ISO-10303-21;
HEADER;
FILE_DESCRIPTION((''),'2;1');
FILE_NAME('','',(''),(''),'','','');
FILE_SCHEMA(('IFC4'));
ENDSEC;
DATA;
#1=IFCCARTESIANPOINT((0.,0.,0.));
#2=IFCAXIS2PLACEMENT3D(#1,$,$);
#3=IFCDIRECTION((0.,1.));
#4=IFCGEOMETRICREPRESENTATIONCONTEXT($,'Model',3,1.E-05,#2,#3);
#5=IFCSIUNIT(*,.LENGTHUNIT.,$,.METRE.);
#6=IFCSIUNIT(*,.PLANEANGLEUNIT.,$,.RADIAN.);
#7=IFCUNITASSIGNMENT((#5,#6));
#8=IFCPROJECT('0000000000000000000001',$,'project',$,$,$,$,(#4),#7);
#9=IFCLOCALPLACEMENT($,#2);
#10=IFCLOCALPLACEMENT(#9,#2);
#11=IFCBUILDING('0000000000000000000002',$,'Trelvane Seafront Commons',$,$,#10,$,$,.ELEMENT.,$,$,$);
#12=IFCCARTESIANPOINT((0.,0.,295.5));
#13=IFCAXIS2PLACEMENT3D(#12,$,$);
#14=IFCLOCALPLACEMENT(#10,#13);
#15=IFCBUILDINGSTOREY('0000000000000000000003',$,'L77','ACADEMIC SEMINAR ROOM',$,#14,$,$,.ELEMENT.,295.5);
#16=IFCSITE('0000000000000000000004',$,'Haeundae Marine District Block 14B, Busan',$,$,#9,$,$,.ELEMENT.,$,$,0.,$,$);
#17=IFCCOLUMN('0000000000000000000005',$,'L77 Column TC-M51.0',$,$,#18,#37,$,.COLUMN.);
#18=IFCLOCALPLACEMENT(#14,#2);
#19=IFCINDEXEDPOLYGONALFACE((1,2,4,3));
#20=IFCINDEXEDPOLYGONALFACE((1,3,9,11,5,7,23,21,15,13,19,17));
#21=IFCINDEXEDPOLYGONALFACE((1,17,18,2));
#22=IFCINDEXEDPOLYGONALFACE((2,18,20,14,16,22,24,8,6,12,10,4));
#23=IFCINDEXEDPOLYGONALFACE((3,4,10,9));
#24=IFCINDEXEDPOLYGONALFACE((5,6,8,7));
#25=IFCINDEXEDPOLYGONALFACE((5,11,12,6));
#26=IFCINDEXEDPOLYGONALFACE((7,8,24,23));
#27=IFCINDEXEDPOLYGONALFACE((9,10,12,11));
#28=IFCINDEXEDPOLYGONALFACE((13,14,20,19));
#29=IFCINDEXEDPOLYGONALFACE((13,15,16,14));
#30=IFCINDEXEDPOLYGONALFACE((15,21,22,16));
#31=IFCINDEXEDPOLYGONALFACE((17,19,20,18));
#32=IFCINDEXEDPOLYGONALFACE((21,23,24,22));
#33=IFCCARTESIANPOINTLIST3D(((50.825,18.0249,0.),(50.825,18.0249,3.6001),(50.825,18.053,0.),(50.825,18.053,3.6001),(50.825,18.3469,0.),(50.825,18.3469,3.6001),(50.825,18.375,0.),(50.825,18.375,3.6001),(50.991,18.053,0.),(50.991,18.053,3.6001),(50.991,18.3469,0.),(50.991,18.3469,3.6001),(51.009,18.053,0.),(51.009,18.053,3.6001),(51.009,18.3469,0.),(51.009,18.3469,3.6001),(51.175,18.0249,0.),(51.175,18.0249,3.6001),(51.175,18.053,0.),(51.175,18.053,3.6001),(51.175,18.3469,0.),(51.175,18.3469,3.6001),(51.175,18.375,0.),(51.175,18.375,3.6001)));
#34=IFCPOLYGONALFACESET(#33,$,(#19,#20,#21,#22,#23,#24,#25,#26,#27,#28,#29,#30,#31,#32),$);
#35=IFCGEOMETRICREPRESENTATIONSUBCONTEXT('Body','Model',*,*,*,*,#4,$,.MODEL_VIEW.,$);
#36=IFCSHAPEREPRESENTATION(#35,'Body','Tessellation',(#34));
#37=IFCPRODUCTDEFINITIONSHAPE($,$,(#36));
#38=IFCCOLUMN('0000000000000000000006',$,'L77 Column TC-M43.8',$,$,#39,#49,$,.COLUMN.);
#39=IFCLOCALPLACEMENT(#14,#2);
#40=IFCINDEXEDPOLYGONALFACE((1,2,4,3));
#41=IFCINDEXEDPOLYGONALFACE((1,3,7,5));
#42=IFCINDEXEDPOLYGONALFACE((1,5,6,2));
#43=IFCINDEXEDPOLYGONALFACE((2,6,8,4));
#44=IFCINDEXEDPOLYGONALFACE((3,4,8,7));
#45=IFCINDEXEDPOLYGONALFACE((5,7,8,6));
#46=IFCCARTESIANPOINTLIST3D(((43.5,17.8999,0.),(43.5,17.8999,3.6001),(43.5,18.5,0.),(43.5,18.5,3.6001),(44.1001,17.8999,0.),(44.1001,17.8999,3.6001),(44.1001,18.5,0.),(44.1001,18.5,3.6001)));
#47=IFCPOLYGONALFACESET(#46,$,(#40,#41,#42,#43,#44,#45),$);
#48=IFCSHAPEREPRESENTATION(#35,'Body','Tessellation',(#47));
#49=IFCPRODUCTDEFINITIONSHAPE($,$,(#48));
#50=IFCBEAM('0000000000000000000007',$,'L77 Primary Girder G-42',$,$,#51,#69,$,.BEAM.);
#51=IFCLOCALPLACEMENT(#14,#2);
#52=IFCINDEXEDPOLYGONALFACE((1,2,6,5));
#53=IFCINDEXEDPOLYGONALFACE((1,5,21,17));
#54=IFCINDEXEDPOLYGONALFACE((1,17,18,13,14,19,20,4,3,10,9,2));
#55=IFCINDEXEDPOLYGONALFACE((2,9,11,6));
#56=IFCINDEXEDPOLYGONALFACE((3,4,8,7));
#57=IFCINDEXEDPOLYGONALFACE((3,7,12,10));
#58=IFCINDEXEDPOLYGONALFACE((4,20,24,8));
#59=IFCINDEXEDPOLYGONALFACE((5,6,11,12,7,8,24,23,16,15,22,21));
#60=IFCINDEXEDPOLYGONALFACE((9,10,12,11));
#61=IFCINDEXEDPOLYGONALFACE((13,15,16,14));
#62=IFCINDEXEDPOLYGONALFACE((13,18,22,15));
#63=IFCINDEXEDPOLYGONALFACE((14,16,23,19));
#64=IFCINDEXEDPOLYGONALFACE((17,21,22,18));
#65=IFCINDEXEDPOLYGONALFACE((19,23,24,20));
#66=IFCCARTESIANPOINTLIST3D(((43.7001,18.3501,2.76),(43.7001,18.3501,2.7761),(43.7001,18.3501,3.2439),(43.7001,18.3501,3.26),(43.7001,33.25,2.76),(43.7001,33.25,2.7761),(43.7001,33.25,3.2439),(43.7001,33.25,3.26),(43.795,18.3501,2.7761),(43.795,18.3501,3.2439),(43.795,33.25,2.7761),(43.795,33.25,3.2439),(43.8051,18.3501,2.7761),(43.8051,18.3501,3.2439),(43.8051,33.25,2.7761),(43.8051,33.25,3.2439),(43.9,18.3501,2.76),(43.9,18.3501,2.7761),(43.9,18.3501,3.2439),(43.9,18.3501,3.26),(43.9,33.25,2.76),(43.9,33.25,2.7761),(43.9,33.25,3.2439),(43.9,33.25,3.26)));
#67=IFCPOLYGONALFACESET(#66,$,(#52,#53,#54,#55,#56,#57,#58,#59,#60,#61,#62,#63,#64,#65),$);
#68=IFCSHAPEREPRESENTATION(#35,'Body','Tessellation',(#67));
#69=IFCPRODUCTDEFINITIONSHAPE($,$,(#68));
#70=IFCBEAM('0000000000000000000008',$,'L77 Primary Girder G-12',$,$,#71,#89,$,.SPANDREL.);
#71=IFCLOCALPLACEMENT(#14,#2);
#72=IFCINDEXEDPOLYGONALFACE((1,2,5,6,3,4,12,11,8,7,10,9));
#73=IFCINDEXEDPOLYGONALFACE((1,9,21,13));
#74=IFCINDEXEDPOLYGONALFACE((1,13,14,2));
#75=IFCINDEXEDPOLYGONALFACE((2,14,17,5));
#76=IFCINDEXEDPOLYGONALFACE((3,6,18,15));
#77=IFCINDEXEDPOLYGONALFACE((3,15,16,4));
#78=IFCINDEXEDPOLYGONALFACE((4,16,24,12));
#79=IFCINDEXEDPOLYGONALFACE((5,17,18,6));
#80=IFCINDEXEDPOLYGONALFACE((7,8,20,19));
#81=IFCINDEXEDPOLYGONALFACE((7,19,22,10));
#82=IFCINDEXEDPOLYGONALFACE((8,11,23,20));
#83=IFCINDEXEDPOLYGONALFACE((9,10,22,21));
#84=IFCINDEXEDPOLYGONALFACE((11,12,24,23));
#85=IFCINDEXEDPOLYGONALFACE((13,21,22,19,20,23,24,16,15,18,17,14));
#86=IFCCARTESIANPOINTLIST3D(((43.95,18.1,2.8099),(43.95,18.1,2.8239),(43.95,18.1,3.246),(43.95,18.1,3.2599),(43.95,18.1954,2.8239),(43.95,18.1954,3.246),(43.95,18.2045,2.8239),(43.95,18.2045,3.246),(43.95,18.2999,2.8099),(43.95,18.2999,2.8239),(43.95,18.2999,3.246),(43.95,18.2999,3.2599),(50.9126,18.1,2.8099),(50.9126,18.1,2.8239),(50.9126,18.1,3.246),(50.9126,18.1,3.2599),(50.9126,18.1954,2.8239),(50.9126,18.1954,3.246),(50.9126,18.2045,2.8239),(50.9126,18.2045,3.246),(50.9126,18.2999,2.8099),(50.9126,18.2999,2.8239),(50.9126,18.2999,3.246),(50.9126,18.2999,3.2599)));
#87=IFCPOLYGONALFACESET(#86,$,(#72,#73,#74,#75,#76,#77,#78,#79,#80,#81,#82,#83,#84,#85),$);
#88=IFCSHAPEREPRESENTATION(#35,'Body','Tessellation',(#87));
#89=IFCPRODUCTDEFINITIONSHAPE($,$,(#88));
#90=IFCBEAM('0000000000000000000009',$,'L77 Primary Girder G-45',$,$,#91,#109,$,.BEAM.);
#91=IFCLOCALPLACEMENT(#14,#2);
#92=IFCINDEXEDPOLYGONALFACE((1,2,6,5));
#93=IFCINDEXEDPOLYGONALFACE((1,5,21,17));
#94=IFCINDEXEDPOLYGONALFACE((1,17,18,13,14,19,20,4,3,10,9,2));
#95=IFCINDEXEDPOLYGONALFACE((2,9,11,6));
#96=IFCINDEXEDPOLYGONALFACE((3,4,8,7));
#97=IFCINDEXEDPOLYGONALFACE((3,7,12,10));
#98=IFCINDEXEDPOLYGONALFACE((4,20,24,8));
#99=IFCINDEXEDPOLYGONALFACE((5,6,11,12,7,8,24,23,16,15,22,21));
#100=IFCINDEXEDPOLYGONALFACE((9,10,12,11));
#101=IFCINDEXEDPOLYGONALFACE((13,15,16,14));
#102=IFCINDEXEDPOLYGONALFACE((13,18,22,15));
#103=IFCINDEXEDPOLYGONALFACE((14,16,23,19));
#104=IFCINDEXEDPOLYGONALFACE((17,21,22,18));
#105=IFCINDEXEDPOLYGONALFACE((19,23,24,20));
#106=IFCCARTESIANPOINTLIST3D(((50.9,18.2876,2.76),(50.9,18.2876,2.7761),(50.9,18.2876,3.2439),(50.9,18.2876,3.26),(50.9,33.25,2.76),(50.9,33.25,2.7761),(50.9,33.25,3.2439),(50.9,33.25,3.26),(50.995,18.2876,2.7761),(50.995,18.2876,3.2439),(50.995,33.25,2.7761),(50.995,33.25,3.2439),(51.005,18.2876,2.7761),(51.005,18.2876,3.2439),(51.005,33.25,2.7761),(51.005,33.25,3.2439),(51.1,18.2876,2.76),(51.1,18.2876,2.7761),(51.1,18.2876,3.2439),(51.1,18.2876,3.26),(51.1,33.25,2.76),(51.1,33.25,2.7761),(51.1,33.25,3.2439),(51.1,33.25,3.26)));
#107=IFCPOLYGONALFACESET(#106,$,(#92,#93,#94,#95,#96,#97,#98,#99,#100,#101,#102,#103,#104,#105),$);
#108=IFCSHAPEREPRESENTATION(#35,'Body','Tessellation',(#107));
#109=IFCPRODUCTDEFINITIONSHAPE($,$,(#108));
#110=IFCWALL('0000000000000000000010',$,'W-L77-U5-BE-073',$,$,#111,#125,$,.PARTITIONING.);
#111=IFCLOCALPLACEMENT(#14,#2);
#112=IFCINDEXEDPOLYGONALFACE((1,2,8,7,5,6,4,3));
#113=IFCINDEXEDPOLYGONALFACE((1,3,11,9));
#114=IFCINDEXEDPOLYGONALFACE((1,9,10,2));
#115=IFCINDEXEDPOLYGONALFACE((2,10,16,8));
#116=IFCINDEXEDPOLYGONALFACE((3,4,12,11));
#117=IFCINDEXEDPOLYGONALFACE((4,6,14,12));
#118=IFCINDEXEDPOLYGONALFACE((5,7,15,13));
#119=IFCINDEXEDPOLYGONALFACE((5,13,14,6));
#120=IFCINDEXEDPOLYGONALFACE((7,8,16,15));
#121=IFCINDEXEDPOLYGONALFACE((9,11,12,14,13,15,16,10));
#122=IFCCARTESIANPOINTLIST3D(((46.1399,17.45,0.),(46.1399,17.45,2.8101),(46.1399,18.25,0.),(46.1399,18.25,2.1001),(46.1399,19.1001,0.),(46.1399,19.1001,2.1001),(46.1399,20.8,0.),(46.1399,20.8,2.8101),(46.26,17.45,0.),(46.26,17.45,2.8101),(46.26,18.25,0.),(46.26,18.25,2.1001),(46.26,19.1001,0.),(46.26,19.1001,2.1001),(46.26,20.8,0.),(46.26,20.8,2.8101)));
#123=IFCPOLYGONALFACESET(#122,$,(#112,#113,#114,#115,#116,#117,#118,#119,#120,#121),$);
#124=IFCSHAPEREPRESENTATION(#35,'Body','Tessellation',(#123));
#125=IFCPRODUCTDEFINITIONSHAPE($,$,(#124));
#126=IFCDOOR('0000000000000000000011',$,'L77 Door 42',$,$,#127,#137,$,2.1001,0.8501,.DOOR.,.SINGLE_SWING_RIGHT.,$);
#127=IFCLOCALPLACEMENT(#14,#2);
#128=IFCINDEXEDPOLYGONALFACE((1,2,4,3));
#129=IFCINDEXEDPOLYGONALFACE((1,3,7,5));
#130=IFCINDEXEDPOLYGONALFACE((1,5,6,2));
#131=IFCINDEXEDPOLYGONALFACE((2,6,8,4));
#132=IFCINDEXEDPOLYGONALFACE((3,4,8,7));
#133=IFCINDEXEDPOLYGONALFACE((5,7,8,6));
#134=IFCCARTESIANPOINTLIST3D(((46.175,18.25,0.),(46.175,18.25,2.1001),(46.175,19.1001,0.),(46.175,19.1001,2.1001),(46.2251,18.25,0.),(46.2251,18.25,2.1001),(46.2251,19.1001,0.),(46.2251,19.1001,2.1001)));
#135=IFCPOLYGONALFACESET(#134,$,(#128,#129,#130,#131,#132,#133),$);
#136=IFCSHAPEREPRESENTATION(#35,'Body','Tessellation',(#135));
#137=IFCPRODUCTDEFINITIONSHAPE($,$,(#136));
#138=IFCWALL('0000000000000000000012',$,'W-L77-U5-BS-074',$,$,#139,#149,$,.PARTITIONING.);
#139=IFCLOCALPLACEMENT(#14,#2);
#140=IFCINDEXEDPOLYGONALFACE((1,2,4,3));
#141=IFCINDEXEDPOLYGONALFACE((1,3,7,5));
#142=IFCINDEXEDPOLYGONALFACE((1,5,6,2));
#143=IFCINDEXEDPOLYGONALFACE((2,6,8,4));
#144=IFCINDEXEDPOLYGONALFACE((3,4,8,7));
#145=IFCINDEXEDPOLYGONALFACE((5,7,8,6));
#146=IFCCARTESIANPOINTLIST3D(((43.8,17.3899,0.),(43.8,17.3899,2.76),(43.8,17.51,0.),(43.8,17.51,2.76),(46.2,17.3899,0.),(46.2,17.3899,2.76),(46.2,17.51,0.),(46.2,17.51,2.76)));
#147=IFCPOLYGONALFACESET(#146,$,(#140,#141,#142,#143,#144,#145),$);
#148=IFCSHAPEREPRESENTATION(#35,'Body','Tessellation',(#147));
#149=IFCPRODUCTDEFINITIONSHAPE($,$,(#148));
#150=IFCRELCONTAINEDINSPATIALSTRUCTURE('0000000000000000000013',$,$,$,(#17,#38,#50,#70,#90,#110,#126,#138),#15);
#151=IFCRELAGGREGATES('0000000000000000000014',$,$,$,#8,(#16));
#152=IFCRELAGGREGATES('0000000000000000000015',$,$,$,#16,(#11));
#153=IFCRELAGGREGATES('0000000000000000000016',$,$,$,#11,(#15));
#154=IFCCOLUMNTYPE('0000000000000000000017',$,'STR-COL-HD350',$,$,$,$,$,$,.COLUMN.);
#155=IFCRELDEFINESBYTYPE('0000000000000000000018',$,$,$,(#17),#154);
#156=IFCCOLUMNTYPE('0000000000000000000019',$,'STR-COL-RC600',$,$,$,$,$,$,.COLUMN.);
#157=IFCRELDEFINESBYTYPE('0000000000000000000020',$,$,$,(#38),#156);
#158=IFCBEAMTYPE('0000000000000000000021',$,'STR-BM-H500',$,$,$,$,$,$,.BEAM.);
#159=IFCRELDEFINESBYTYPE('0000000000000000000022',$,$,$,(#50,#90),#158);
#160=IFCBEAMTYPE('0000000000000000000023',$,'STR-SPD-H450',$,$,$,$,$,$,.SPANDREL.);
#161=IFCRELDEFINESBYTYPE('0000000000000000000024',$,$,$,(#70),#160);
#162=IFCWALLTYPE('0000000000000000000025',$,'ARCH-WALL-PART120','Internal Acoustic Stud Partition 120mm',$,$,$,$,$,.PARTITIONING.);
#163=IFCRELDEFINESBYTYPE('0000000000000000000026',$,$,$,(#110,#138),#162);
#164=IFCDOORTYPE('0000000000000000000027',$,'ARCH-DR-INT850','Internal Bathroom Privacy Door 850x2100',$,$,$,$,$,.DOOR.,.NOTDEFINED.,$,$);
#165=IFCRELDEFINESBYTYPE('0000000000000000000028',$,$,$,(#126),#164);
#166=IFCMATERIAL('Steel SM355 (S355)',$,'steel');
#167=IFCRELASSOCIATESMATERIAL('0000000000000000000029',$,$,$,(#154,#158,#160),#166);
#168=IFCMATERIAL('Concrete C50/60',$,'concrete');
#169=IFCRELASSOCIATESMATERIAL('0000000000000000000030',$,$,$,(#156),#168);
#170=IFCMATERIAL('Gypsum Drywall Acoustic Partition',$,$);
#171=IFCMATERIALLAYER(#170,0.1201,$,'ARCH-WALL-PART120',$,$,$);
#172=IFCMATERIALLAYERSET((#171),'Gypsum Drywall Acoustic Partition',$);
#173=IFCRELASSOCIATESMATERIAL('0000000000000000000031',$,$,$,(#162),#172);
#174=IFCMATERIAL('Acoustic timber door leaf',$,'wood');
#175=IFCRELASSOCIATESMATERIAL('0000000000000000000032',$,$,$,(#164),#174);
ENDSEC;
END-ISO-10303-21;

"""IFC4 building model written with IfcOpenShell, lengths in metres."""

from ifc_helpers import new_model, si_unit, direction, frame, frame_2d, origin, origin_2d, place, context, subcontext, project, spatial, rectangle, i_section, extrude, source, transform, mapped, material, layer, layer_set, material_profile, profile_set, type_object, element, fill, save


model = new_model("IFC4")

# Units and contexts
model_context = context("Model", 3, precision=1e-05, world=origin(), true_north=direction((0.0, 1.0)))
body_context = subcontext(model_context, "Body", "Model", "MODEL_VIEW")
ifc_project = project(units=[si_unit("LENGTHUNIT", "METRE"), si_unit("PLANEANGLEUNIT", "RADIAN")], contexts=[model_context])

# Site, building, storey
site_placement = place(None, origin())
site = spatial("IfcSite", under=ifc_project, at=site_placement, Name="Haeundae Marine District Block 14B, Busan", CompositionType="ELEMENT", RefElevation=0.0)
building_placement = place(site_placement, origin())
building = spatial("IfcBuilding", under=site, at=building_placement, Name="Trelvane Seafront Commons", CompositionType="ELEMENT")
storey_placement = place(building_placement, frame((0.0, 0.0, 295.5)))
storey = spatial("IfcBuildingStorey", under=building, at=storey_placement, Name="L77", Description="ACADEMIC SEMINAR ROOM", CompositionType="ELEMENT", Elevation=295.5)

# Columns
ifc_material_1 = material(Name="Steel SM355 (S355)", Category="steel")
ifc_material_profile_1 = material_profile(ifc_material_1, i_section(OverallWidth=0.3501, OverallDepth=0.3501, WebThickness=0.0181, FlangeThickness=0.0281, at=origin_2d()), Name="HD-350x350x18x28")
ifc_profile_set_1 = profile_set([ifc_material_profile_1], Name="Steel SM355 (S355)")
column_type_1 = type_object("IfcColumnType", Name="STR-COL-HD350", PredefinedType="COLUMN", material=ifc_profile_set_1)
shared_shape_1 = source(origin(), body_context, "Body", "SweptSolid", [
    extrude(i_section(OverallWidth=0.3501, OverallDepth=0.3501, WebThickness=0.0181, FlangeThickness=0.0281, at=origin_2d()), origin(), (0.0, 0.0, 1.0), 3.6001),
])
column_1_placement = place(storey_placement, frame((51.0, 18.2, 0.0), z_axis=(0.0, 0.0, 1.0), x_axis=(1.0, 0.0, 0.0)))
element("IfcColumn", 1, at=column_1_placement, inside=storey, type_object=column_type_1, Name="L77 Column TC-M51.0", PredefinedType="COLUMN", context=body_context, shape_type="MappedRepresentation", body=[
    mapped(shared_shape_1, transform((0.0, 0.0, 0.0), x_axis=(1.0, 0.0, 0.0), y_axis=(0.0, 1.0, 0.0), z_axis=(0.0, 0.0, 1.0), scale=1.0)),
])
ifc_material_2 = material(Name="Concrete C50/60", Category="concrete")
ifc_material_profile_2 = material_profile(ifc_material_2, rectangle(XDim=0.6001, YDim=0.6001, at=origin_2d()), Name="RC-600x600")
ifc_profile_set_2 = profile_set([ifc_material_profile_2], Name="Concrete C50/60")
column_type_2 = type_object("IfcColumnType", Name="STR-COL-RC600", PredefinedType="COLUMN", material=ifc_profile_set_2)
shared_shape_2 = source(origin(), body_context, "Body", "SweptSolid", [
    extrude(rectangle(XDim=0.6001, YDim=0.6001, at=origin_2d()), origin(), (0.0, 0.0, 1.0), 3.6001),
])
column_2_placement = place(storey_placement, frame((43.8, 18.2, 0.0), z_axis=(0.0, 0.0, 1.0), x_axis=(1.0, 0.0, 0.0)))
element("IfcColumn", 2, at=column_2_placement, inside=storey, type_object=column_type_2, Name="L77 Column TC-M43.8", PredefinedType="COLUMN", context=body_context, shape_type="MappedRepresentation", body=[
    mapped(shared_shape_2, transform((0.0, 0.0, 0.0), x_axis=(1.0, 0.0, 0.0), y_axis=(0.0, 1.0, 0.0), z_axis=(0.0, 0.0, 1.0), scale=1.0)),
])

# Beams
ifc_material_profile_3 = material_profile(ifc_material_1, i_section(OverallWidth=0.2, OverallDepth=0.5, WebThickness=0.01, FlangeThickness=0.0161, at=origin_2d()), Name="H-500x200x10x16")
ifc_profile_set_3 = profile_set([ifc_material_profile_3], Name="Steel SM355 (S355)")
beam_type_1 = type_object("IfcBeamType", Name="STR-BM-H500", PredefinedType="BEAM", material=ifc_profile_set_3)
shared_shape_3 = source(origin(), body_context, "Body", "SweptSolid", [
    extrude(i_section(OverallWidth=0.2, OverallDepth=0.5, WebThickness=0.01, FlangeThickness=0.0161, at=origin_2d()), origin(), (0.0, 0.0, 1.0), 14.8999),
])
beam_1_placement = place(storey_placement, frame((43.8, 18.3501, 3.01), z_axis=(0.0, 1.0, 0.0), x_axis=(-1.0, 0.0, 0.0)))
element("IfcBeam", 3, at=beam_1_placement, inside=storey, type_object=beam_type_1, Name="L77 Primary Girder G-42", PredefinedType="BEAM", context=body_context, shape_type="MappedRepresentation", body=[
    mapped(shared_shape_3, transform((0.0, 0.0, 0.0), x_axis=(1.0, 0.0, 0.0), y_axis=(0.0, 1.0, 0.0), z_axis=(0.0, 0.0, 1.0), scale=1.0)),
])
ifc_material_profile_4 = material_profile(ifc_material_1, i_section(OverallWidth=0.2, OverallDepth=0.45, WebThickness=0.009, FlangeThickness=0.0139, at=origin_2d()), Name="H-450x200x9x14")
ifc_profile_set_4 = profile_set([ifc_material_profile_4], Name="Steel SM355 (S355)")
beam_type_2 = type_object("IfcBeamType", Name="STR-SPD-H450", PredefinedType="SPANDREL", material=ifc_profile_set_4)
shared_shape_4 = source(origin(), body_context, "Body", "SweptSolid", [
    extrude(i_section(OverallWidth=0.2, OverallDepth=0.45, WebThickness=0.009, FlangeThickness=0.0139, at=origin_2d()), origin(), (0.0, 0.0, 1.0), 6.9626),
])
beam_2_placement = place(storey_placement, frame((43.95, 18.2, 3.0349), z_axis=(1.0, 0.0, 0.0), x_axis=(0.0, 1.0, 0.0)))
element("IfcBeam", 4, at=beam_2_placement, inside=storey, type_object=beam_type_2, Name="L77 Primary Girder G-12", PredefinedType="SPANDREL", context=body_context, shape_type="MappedRepresentation", body=[
    mapped(shared_shape_4, transform((0.0, 0.0, 0.0), x_axis=(1.0, 0.0, 0.0), y_axis=(0.0, 1.0, 0.0), z_axis=(0.0, 0.0, 1.0), scale=1.0)),
])
shared_shape_5 = source(origin(), body_context, "Body", "SweptSolid", [
    extrude(i_section(OverallWidth=0.2, OverallDepth=0.5, WebThickness=0.01, FlangeThickness=0.0161, at=origin_2d()), origin(), (0.0, 0.0, 1.0), 14.9624),
])
beam_3_placement = place(storey_placement, frame((51.0, 18.2876, 3.01), z_axis=(0.0, 1.0, 0.0), x_axis=(-1.0, 0.0, 0.0)))
element("IfcBeam", 5, at=beam_3_placement, inside=storey, type_object=beam_type_1, Name="L77 Primary Girder G-45", PredefinedType="BEAM", context=body_context, shape_type="MappedRepresentation", body=[
    mapped(shared_shape_5, transform((0.0, 0.0, 0.0), x_axis=(1.0, 0.0, 0.0), y_axis=(0.0, 1.0, 0.0), z_axis=(0.0, 0.0, 1.0), scale=1.0)),
])

# Wall, opening, door
ifc_material_3 = material(Name="Gypsum Drywall Acoustic Partition")
ifc_layer_1 = layer(ifc_material_3, 0.1201, Name="ARCH-WALL-PART120")
ifc_layer_set_1 = layer_set([ifc_layer_1], Name="Gypsum Drywall Acoustic Partition")
wall_type_1 = type_object("IfcWallType", Name="ARCH-WALL-PART120", Description="Internal Acoustic Stud Partition 120mm", PredefinedType="PARTITIONING", material=ifc_layer_set_1)
wall_1_placement = place(storey_placement, frame((46.2, 17.45, 0.0), z_axis=(0.0, 0.0, 1.0), x_axis=(0.0, 1.0, 0.0)))
wall_1 = element("IfcWall", 6, at=wall_1_placement, inside=storey, type_object=wall_type_1, Name="W-L77-U5-BE-073", PredefinedType="PARTITIONING", context=body_context, shape_type="SweptSolid", body=[
    extrude(rectangle(XDim=3.3501, YDim=0.1201, at=frame_2d((1.675, 0.0))), origin(), (0.0, 0.0, 1.0), 2.8101),
])
opening_1_placement = place(wall_1_placement, frame((0.8, 0.0, 0.0)))
opening_1 = element("IfcOpeningElement", 7, at=opening_1_placement, cuts=wall_1, PredefinedType="OPENING", context=body_context, shape_type="SweptSolid", body=[
    extrude(rectangle(XDim=0.8501, YDim=2.1001, at=frame_2d((0.425, 1.05))), frame((0.0, 0.0701, 0.0), z_axis=(0.0, -1.0, 0.0), x_axis=(1.0, 0.0, 0.0)), (0.0, 0.0, 1.0), 0.1401),
])
ifc_material_4 = material(Name="Acoustic timber door leaf", Category="wood")
door_type_1 = type_object("IfcDoorType", Name="ARCH-DR-INT850", Description="Internal Bathroom Privacy Door 850x2100", OperationType="NOTDEFINED", PredefinedType="DOOR", material=ifc_material_4)
shared_shape_6 = source(origin(), body_context, "Body", "SweptSolid", [
    extrude(rectangle(XDim=0.8501, YDim=2.1001, at=frame_2d((0.425, 1.05))), frame((0.0, 0.0249, 0.0), z_axis=(0.0, -1.0, 0.0), x_axis=(1.0, 0.0, 0.0)), (0.0, 0.0, 1.0), 0.05),
])
door_1_placement = place(opening_1_placement, origin())
door_1 = element("IfcDoor", 8, at=door_1_placement, inside=storey, type_object=door_type_1, Name="L77 Door 42", OperationType="SINGLE_SWING_RIGHT", OverallHeight=2.1001, OverallWidth=0.8501, PredefinedType="DOOR", context=body_context, shape_type="MappedRepresentation", body=[
    mapped(shared_shape_6, transform((0.0, 0.0, 0.0), x_axis=(1.0, 0.0, 0.0), y_axis=(0.0, 1.0, 0.0), z_axis=(0.0, 0.0, 1.0), scale=1.0)),
])
fill(opening_1, door_1)

# Wall
wall_2_placement = place(storey_placement, frame((43.8, 17.45, 0.0), z_axis=(0.0, 0.0, 1.0), x_axis=(1.0, 0.0, 0.0)))
element("IfcWall", 9, at=wall_2_placement, inside=storey, type_object=wall_type_1, Name="W-L77-U5-BS-074", PredefinedType="PARTITIONING", context=body_context, shape_type="SweptSolid", body=[
    extrude(rectangle(XDim=2.3999, YDim=0.1201, at=frame_2d((1.2, 0.0))), origin(), (0.0, 0.0, 1.0), 2.76),
])

save(model, "model.ifc")
